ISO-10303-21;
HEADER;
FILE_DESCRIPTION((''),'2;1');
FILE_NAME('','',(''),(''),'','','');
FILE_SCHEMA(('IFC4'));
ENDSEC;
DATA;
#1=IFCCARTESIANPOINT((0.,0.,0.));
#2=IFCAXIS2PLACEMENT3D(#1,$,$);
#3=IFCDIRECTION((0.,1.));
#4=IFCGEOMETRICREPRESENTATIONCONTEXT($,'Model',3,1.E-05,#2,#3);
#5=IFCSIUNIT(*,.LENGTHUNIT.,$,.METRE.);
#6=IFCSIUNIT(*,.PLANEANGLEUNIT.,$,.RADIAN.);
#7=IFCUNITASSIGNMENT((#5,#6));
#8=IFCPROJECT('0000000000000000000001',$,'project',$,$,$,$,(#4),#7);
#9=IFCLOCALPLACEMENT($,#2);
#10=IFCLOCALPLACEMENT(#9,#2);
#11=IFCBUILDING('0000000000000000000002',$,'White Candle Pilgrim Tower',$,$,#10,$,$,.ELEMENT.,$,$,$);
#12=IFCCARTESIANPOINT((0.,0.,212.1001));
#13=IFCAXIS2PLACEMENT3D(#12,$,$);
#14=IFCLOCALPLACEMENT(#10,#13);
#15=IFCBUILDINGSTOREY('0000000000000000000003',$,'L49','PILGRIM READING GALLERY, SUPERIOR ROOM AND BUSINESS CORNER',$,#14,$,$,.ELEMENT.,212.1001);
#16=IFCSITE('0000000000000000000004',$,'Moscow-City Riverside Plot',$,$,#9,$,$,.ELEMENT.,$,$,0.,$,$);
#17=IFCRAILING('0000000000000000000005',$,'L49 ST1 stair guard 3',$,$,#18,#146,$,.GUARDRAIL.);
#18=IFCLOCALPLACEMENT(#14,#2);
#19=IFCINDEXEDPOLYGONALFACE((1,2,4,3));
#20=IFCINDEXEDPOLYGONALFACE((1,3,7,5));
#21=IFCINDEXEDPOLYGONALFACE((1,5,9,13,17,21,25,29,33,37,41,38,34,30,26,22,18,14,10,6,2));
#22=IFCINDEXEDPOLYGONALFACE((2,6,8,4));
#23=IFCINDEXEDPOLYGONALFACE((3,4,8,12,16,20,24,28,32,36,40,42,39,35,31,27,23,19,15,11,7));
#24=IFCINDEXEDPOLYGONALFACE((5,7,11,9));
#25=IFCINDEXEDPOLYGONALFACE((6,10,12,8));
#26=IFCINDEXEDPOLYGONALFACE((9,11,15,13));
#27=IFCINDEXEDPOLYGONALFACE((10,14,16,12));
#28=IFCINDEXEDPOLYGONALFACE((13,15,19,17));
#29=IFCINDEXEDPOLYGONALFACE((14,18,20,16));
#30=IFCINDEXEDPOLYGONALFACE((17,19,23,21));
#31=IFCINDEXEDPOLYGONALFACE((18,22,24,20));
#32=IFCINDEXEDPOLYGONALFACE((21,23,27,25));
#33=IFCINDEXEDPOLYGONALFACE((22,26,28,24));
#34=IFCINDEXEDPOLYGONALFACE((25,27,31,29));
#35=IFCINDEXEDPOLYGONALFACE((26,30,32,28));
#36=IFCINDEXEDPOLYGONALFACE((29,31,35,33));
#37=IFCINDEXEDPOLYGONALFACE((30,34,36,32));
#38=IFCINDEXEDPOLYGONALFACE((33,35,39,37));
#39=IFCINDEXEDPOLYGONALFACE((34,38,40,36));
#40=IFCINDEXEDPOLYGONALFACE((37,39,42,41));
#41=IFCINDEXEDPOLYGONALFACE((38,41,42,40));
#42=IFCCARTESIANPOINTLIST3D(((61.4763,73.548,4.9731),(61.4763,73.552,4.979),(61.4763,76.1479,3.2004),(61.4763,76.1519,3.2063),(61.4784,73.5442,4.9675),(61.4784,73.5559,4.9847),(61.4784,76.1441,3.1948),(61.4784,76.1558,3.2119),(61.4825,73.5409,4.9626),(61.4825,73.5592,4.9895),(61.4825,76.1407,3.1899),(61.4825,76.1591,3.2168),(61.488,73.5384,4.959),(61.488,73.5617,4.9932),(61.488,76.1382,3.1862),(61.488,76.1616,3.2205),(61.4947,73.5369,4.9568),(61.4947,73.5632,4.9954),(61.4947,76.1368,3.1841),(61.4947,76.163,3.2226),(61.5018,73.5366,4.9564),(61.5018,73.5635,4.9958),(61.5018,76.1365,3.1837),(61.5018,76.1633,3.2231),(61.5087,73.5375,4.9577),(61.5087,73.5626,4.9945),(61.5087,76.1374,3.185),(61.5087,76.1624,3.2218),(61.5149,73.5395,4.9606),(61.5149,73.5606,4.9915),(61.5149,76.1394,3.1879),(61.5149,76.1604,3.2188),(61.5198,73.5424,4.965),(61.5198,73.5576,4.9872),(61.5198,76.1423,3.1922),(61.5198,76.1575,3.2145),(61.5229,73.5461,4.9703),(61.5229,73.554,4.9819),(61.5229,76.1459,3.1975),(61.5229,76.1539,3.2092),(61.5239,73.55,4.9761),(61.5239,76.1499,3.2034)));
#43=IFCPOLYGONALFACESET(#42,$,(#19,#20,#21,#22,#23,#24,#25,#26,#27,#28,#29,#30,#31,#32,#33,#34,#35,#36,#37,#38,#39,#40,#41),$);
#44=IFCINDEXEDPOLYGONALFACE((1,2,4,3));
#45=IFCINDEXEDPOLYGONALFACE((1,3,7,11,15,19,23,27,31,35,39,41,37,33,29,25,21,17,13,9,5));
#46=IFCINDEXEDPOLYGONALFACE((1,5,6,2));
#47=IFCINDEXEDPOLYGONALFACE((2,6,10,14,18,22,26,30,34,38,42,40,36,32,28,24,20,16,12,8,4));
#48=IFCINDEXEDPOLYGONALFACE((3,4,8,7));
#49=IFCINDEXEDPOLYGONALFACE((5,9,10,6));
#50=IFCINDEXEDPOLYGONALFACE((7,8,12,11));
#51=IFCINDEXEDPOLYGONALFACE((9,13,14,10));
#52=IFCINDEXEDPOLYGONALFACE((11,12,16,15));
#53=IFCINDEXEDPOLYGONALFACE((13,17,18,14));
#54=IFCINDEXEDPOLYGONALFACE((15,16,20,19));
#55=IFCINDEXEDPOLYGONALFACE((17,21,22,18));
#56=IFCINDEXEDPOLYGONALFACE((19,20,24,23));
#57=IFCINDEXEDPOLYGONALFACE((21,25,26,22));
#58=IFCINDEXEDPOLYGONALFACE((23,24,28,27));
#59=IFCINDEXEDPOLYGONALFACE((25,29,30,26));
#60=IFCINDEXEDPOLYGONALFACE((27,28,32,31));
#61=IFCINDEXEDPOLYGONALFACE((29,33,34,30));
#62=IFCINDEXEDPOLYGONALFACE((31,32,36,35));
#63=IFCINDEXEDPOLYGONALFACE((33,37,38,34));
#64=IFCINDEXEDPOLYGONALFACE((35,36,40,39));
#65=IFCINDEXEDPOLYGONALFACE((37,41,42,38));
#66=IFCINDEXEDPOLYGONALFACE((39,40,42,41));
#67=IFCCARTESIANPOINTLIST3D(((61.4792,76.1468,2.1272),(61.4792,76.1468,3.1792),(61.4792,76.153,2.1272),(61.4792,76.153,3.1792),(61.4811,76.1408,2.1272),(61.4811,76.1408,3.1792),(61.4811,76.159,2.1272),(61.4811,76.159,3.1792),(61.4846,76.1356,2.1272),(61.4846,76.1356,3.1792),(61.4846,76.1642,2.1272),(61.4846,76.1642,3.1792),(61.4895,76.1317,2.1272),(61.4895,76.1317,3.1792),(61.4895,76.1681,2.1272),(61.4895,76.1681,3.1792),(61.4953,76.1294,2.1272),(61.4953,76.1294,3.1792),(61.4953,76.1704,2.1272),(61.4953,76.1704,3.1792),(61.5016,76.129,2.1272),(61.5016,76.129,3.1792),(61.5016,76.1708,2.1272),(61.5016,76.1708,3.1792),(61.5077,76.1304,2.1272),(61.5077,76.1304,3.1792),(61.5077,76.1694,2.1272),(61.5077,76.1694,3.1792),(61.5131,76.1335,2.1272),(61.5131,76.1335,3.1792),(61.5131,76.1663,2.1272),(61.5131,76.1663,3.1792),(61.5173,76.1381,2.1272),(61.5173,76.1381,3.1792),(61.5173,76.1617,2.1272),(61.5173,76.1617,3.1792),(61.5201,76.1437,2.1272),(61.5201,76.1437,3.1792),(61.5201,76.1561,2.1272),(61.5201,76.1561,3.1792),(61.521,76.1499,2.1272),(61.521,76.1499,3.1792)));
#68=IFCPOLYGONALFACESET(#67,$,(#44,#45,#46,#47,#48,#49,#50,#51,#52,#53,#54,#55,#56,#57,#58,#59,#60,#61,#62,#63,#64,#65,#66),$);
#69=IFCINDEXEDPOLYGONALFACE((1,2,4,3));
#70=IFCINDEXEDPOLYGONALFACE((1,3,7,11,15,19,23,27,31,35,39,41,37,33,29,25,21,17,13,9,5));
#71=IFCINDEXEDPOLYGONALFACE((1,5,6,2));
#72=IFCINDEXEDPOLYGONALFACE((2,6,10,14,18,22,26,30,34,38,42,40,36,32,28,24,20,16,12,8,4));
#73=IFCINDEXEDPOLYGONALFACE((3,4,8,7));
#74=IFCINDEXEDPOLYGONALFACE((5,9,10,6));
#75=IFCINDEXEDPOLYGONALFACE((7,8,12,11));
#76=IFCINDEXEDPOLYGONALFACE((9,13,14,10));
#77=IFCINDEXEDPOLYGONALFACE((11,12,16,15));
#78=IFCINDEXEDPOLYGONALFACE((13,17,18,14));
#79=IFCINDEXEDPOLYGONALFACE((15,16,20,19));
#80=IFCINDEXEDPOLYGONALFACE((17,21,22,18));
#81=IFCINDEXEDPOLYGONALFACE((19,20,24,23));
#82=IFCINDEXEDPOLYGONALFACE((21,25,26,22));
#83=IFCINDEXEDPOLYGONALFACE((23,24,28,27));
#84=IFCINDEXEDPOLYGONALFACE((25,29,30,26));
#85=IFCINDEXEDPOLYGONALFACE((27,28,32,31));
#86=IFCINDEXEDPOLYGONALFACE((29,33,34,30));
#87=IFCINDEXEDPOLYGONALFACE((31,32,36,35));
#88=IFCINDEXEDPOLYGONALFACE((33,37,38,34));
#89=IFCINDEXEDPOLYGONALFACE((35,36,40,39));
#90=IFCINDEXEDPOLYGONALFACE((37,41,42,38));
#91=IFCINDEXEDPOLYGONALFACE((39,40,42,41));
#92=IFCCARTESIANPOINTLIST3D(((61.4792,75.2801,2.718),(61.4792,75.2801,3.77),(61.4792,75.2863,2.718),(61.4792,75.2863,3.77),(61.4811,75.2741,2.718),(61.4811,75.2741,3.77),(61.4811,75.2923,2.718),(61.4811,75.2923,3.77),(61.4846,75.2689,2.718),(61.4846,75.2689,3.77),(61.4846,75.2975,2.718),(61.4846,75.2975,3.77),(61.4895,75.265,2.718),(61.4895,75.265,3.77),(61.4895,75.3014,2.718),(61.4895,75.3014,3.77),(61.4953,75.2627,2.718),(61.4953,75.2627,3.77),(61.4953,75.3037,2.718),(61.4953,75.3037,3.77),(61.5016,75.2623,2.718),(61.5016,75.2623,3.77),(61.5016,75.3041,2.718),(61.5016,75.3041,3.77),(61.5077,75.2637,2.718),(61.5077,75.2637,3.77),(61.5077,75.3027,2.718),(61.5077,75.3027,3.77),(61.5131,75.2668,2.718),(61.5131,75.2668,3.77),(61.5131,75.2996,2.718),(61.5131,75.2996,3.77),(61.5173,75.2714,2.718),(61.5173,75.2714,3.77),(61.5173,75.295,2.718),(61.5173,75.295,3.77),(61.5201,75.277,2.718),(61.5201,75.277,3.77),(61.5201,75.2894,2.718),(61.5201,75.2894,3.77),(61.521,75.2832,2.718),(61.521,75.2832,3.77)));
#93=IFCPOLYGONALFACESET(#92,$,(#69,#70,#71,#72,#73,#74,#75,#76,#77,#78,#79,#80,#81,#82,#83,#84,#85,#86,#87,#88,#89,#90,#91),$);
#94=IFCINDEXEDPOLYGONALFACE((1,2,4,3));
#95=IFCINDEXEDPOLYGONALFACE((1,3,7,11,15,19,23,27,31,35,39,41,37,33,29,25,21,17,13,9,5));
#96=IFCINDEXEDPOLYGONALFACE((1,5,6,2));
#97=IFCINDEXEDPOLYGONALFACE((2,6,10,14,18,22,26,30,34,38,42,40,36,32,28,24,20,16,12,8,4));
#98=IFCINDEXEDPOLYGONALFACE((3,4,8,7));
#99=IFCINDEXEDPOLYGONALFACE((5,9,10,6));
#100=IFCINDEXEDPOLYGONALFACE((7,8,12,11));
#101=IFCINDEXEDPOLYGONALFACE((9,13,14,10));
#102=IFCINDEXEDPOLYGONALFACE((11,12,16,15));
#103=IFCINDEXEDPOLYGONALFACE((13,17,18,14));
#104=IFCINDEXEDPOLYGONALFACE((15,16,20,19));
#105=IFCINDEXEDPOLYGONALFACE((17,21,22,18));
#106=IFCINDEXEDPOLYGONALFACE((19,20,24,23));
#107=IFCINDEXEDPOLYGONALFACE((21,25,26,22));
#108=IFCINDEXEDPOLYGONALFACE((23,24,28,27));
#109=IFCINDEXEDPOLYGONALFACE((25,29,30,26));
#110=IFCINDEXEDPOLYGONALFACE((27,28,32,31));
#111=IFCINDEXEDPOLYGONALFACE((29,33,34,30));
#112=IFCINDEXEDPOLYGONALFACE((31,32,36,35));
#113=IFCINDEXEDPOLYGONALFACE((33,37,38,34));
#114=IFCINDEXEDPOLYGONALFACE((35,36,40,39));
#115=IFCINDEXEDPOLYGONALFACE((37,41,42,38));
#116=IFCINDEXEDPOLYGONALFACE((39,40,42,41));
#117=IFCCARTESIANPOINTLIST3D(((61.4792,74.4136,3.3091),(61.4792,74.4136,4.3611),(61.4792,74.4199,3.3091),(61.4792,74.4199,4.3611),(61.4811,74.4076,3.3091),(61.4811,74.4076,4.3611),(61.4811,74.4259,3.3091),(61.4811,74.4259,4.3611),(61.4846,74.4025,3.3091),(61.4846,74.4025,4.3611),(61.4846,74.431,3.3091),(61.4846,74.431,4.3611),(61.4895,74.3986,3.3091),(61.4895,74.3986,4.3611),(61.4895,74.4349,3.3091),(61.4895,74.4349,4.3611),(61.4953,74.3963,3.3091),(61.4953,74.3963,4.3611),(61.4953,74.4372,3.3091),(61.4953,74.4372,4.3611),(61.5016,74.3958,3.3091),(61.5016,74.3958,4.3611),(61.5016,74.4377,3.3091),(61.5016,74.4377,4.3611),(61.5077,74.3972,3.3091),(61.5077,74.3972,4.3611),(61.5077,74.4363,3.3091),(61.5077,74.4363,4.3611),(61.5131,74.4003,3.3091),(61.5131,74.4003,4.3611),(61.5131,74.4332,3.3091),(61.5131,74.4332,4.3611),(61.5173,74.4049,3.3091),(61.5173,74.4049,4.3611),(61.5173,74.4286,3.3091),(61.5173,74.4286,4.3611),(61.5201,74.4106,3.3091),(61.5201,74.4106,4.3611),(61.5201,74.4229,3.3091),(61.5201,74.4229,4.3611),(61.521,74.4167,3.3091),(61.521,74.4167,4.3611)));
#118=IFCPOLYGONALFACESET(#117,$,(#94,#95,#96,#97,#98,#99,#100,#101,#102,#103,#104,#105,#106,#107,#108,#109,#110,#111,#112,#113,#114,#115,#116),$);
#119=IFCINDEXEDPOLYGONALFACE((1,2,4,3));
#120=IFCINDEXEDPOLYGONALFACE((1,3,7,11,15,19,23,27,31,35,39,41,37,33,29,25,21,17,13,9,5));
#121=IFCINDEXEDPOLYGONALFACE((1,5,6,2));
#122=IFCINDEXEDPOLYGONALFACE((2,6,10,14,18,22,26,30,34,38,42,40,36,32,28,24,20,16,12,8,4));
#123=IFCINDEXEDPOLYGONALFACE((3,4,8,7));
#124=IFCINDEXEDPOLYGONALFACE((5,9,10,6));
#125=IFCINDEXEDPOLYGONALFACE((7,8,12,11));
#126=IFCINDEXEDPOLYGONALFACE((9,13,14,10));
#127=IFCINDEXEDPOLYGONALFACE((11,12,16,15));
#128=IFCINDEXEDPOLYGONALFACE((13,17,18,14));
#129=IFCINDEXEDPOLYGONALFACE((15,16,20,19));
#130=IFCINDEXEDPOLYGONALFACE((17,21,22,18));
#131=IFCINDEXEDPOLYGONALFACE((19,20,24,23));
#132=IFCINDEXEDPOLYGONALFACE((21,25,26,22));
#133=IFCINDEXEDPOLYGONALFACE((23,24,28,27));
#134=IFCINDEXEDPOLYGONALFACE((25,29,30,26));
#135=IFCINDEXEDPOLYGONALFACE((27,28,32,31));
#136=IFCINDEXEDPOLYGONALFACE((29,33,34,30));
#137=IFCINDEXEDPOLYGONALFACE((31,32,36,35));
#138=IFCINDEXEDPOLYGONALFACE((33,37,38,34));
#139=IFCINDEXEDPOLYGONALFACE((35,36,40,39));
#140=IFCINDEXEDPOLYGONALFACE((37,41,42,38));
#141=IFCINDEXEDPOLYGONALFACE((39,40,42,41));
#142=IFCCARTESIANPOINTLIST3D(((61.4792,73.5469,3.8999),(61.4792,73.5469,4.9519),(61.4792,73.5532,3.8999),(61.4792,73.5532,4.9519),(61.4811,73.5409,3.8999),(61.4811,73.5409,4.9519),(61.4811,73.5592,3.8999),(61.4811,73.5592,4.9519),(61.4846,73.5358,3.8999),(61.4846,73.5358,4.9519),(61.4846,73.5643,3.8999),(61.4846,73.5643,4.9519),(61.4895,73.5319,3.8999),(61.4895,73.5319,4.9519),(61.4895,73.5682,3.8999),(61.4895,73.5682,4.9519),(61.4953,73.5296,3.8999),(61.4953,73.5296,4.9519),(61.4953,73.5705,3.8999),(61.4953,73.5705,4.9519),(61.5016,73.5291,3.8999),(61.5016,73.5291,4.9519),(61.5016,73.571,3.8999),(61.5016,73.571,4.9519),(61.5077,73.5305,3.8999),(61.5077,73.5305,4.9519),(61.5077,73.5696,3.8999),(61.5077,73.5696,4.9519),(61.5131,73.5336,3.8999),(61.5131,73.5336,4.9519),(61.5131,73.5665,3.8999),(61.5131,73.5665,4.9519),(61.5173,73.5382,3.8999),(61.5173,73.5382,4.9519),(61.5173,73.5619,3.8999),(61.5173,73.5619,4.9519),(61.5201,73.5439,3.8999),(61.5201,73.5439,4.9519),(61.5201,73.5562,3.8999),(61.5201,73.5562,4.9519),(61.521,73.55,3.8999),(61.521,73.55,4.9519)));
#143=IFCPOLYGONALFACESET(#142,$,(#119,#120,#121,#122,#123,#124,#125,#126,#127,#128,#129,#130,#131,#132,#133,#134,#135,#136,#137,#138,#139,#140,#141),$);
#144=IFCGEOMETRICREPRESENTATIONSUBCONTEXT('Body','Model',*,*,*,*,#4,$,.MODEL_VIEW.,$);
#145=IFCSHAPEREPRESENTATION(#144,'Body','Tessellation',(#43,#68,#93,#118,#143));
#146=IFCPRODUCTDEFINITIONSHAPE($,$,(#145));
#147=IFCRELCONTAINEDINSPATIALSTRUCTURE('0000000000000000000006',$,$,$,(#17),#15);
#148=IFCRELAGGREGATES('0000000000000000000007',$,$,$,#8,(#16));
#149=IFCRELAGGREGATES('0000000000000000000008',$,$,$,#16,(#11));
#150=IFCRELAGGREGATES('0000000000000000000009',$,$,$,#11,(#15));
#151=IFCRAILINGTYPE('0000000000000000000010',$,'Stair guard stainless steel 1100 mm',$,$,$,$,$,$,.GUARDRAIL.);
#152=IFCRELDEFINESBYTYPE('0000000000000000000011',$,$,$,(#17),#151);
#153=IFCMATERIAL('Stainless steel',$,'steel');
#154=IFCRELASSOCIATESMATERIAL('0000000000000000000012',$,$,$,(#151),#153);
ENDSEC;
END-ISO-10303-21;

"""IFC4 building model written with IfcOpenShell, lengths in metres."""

from ifc_helpers import new_model, si_unit, direction, frame, origin, origin_2d, place, context, subcontext, project, spatial, circle, extrude, material, type_object, element, save


model = new_model("IFC4")

# Units and contexts
model_context = context("Model", 3, precision=1e-05, world=origin(), true_north=direction((0.0, 1.0)))
body_context = subcontext(model_context, "Body", "Model", "MODEL_VIEW")
ifc_project = project(units=[si_unit("LENGTHUNIT", "METRE"), si_unit("PLANEANGLEUNIT", "RADIAN")], contexts=[model_context])

# Site, building, storey
site_placement = place(None, origin())
site = spatial("IfcSite", under=ifc_project, at=site_placement, Name="Moscow-City Riverside Plot", CompositionType="ELEMENT", RefElevation=0.0)
building_placement = place(site_placement, origin())
building = spatial("IfcBuilding", under=site, at=building_placement, Name="White Candle Pilgrim Tower", CompositionType="ELEMENT")
storey_placement = place(building_placement, frame((0.0, 0.0, 212.1001)))
storey = spatial("IfcBuildingStorey", under=building, at=storey_placement, Name="L49", Description="PILGRIM READING GALLERY, SUPERIOR ROOM AND BUSINESS CORNER", CompositionType="ELEMENT", Elevation=212.1001)

# Shared definitions
ifc_material_1 = material(Name="Stainless steel", Category="steel")

# Railing
railing_type_1 = type_object("IfcRailingType", Name="Stair guard stainless steel 1100 mm", PredefinedType="GUARDRAIL", material=ifc_material_1)
railing_1_placement = place(storey_placement, frame((61.5, 76.1499, 2.1272)))
element("IfcRailing", 1, at=railing_1_placement, inside=storey, type_object=railing_type_1, Name="L49 ST1 stair guard 3", PredefinedType="GUARDRAIL", context=body_context, shape_type="SweptSolid", body=[
    extrude(circle(Radius=0.0239, at=origin_2d()), frame((0.0, 0.0, 1.0762), z_axis=(0.0, -0.826216, 0.563354), x_axis=(1.0, 0.0, 0.0)), (0.0, 0.0, 1.0), 3.1467),
    extrude(circle(Radius=0.021, at=origin_2d()), origin(), (0.0, 0.0, 1.0), 1.052),
    extrude(circle(Radius=0.021, at=origin_2d()), frame((0.0, -0.8667, 0.5908)), (0.0, 0.0, 1.0), 1.052),
    extrude(circle(Radius=0.021, at=origin_2d()), frame((0.0, -1.7332, 1.1819)), (0.0, 0.0, 1.0), 1.052),
    extrude(circle(Radius=0.021, at=origin_2d()), frame((0.0, -2.5999, 1.7727)), (0.0, 0.0, 1.0), 1.052),
])

save(model, "model.ifc")
